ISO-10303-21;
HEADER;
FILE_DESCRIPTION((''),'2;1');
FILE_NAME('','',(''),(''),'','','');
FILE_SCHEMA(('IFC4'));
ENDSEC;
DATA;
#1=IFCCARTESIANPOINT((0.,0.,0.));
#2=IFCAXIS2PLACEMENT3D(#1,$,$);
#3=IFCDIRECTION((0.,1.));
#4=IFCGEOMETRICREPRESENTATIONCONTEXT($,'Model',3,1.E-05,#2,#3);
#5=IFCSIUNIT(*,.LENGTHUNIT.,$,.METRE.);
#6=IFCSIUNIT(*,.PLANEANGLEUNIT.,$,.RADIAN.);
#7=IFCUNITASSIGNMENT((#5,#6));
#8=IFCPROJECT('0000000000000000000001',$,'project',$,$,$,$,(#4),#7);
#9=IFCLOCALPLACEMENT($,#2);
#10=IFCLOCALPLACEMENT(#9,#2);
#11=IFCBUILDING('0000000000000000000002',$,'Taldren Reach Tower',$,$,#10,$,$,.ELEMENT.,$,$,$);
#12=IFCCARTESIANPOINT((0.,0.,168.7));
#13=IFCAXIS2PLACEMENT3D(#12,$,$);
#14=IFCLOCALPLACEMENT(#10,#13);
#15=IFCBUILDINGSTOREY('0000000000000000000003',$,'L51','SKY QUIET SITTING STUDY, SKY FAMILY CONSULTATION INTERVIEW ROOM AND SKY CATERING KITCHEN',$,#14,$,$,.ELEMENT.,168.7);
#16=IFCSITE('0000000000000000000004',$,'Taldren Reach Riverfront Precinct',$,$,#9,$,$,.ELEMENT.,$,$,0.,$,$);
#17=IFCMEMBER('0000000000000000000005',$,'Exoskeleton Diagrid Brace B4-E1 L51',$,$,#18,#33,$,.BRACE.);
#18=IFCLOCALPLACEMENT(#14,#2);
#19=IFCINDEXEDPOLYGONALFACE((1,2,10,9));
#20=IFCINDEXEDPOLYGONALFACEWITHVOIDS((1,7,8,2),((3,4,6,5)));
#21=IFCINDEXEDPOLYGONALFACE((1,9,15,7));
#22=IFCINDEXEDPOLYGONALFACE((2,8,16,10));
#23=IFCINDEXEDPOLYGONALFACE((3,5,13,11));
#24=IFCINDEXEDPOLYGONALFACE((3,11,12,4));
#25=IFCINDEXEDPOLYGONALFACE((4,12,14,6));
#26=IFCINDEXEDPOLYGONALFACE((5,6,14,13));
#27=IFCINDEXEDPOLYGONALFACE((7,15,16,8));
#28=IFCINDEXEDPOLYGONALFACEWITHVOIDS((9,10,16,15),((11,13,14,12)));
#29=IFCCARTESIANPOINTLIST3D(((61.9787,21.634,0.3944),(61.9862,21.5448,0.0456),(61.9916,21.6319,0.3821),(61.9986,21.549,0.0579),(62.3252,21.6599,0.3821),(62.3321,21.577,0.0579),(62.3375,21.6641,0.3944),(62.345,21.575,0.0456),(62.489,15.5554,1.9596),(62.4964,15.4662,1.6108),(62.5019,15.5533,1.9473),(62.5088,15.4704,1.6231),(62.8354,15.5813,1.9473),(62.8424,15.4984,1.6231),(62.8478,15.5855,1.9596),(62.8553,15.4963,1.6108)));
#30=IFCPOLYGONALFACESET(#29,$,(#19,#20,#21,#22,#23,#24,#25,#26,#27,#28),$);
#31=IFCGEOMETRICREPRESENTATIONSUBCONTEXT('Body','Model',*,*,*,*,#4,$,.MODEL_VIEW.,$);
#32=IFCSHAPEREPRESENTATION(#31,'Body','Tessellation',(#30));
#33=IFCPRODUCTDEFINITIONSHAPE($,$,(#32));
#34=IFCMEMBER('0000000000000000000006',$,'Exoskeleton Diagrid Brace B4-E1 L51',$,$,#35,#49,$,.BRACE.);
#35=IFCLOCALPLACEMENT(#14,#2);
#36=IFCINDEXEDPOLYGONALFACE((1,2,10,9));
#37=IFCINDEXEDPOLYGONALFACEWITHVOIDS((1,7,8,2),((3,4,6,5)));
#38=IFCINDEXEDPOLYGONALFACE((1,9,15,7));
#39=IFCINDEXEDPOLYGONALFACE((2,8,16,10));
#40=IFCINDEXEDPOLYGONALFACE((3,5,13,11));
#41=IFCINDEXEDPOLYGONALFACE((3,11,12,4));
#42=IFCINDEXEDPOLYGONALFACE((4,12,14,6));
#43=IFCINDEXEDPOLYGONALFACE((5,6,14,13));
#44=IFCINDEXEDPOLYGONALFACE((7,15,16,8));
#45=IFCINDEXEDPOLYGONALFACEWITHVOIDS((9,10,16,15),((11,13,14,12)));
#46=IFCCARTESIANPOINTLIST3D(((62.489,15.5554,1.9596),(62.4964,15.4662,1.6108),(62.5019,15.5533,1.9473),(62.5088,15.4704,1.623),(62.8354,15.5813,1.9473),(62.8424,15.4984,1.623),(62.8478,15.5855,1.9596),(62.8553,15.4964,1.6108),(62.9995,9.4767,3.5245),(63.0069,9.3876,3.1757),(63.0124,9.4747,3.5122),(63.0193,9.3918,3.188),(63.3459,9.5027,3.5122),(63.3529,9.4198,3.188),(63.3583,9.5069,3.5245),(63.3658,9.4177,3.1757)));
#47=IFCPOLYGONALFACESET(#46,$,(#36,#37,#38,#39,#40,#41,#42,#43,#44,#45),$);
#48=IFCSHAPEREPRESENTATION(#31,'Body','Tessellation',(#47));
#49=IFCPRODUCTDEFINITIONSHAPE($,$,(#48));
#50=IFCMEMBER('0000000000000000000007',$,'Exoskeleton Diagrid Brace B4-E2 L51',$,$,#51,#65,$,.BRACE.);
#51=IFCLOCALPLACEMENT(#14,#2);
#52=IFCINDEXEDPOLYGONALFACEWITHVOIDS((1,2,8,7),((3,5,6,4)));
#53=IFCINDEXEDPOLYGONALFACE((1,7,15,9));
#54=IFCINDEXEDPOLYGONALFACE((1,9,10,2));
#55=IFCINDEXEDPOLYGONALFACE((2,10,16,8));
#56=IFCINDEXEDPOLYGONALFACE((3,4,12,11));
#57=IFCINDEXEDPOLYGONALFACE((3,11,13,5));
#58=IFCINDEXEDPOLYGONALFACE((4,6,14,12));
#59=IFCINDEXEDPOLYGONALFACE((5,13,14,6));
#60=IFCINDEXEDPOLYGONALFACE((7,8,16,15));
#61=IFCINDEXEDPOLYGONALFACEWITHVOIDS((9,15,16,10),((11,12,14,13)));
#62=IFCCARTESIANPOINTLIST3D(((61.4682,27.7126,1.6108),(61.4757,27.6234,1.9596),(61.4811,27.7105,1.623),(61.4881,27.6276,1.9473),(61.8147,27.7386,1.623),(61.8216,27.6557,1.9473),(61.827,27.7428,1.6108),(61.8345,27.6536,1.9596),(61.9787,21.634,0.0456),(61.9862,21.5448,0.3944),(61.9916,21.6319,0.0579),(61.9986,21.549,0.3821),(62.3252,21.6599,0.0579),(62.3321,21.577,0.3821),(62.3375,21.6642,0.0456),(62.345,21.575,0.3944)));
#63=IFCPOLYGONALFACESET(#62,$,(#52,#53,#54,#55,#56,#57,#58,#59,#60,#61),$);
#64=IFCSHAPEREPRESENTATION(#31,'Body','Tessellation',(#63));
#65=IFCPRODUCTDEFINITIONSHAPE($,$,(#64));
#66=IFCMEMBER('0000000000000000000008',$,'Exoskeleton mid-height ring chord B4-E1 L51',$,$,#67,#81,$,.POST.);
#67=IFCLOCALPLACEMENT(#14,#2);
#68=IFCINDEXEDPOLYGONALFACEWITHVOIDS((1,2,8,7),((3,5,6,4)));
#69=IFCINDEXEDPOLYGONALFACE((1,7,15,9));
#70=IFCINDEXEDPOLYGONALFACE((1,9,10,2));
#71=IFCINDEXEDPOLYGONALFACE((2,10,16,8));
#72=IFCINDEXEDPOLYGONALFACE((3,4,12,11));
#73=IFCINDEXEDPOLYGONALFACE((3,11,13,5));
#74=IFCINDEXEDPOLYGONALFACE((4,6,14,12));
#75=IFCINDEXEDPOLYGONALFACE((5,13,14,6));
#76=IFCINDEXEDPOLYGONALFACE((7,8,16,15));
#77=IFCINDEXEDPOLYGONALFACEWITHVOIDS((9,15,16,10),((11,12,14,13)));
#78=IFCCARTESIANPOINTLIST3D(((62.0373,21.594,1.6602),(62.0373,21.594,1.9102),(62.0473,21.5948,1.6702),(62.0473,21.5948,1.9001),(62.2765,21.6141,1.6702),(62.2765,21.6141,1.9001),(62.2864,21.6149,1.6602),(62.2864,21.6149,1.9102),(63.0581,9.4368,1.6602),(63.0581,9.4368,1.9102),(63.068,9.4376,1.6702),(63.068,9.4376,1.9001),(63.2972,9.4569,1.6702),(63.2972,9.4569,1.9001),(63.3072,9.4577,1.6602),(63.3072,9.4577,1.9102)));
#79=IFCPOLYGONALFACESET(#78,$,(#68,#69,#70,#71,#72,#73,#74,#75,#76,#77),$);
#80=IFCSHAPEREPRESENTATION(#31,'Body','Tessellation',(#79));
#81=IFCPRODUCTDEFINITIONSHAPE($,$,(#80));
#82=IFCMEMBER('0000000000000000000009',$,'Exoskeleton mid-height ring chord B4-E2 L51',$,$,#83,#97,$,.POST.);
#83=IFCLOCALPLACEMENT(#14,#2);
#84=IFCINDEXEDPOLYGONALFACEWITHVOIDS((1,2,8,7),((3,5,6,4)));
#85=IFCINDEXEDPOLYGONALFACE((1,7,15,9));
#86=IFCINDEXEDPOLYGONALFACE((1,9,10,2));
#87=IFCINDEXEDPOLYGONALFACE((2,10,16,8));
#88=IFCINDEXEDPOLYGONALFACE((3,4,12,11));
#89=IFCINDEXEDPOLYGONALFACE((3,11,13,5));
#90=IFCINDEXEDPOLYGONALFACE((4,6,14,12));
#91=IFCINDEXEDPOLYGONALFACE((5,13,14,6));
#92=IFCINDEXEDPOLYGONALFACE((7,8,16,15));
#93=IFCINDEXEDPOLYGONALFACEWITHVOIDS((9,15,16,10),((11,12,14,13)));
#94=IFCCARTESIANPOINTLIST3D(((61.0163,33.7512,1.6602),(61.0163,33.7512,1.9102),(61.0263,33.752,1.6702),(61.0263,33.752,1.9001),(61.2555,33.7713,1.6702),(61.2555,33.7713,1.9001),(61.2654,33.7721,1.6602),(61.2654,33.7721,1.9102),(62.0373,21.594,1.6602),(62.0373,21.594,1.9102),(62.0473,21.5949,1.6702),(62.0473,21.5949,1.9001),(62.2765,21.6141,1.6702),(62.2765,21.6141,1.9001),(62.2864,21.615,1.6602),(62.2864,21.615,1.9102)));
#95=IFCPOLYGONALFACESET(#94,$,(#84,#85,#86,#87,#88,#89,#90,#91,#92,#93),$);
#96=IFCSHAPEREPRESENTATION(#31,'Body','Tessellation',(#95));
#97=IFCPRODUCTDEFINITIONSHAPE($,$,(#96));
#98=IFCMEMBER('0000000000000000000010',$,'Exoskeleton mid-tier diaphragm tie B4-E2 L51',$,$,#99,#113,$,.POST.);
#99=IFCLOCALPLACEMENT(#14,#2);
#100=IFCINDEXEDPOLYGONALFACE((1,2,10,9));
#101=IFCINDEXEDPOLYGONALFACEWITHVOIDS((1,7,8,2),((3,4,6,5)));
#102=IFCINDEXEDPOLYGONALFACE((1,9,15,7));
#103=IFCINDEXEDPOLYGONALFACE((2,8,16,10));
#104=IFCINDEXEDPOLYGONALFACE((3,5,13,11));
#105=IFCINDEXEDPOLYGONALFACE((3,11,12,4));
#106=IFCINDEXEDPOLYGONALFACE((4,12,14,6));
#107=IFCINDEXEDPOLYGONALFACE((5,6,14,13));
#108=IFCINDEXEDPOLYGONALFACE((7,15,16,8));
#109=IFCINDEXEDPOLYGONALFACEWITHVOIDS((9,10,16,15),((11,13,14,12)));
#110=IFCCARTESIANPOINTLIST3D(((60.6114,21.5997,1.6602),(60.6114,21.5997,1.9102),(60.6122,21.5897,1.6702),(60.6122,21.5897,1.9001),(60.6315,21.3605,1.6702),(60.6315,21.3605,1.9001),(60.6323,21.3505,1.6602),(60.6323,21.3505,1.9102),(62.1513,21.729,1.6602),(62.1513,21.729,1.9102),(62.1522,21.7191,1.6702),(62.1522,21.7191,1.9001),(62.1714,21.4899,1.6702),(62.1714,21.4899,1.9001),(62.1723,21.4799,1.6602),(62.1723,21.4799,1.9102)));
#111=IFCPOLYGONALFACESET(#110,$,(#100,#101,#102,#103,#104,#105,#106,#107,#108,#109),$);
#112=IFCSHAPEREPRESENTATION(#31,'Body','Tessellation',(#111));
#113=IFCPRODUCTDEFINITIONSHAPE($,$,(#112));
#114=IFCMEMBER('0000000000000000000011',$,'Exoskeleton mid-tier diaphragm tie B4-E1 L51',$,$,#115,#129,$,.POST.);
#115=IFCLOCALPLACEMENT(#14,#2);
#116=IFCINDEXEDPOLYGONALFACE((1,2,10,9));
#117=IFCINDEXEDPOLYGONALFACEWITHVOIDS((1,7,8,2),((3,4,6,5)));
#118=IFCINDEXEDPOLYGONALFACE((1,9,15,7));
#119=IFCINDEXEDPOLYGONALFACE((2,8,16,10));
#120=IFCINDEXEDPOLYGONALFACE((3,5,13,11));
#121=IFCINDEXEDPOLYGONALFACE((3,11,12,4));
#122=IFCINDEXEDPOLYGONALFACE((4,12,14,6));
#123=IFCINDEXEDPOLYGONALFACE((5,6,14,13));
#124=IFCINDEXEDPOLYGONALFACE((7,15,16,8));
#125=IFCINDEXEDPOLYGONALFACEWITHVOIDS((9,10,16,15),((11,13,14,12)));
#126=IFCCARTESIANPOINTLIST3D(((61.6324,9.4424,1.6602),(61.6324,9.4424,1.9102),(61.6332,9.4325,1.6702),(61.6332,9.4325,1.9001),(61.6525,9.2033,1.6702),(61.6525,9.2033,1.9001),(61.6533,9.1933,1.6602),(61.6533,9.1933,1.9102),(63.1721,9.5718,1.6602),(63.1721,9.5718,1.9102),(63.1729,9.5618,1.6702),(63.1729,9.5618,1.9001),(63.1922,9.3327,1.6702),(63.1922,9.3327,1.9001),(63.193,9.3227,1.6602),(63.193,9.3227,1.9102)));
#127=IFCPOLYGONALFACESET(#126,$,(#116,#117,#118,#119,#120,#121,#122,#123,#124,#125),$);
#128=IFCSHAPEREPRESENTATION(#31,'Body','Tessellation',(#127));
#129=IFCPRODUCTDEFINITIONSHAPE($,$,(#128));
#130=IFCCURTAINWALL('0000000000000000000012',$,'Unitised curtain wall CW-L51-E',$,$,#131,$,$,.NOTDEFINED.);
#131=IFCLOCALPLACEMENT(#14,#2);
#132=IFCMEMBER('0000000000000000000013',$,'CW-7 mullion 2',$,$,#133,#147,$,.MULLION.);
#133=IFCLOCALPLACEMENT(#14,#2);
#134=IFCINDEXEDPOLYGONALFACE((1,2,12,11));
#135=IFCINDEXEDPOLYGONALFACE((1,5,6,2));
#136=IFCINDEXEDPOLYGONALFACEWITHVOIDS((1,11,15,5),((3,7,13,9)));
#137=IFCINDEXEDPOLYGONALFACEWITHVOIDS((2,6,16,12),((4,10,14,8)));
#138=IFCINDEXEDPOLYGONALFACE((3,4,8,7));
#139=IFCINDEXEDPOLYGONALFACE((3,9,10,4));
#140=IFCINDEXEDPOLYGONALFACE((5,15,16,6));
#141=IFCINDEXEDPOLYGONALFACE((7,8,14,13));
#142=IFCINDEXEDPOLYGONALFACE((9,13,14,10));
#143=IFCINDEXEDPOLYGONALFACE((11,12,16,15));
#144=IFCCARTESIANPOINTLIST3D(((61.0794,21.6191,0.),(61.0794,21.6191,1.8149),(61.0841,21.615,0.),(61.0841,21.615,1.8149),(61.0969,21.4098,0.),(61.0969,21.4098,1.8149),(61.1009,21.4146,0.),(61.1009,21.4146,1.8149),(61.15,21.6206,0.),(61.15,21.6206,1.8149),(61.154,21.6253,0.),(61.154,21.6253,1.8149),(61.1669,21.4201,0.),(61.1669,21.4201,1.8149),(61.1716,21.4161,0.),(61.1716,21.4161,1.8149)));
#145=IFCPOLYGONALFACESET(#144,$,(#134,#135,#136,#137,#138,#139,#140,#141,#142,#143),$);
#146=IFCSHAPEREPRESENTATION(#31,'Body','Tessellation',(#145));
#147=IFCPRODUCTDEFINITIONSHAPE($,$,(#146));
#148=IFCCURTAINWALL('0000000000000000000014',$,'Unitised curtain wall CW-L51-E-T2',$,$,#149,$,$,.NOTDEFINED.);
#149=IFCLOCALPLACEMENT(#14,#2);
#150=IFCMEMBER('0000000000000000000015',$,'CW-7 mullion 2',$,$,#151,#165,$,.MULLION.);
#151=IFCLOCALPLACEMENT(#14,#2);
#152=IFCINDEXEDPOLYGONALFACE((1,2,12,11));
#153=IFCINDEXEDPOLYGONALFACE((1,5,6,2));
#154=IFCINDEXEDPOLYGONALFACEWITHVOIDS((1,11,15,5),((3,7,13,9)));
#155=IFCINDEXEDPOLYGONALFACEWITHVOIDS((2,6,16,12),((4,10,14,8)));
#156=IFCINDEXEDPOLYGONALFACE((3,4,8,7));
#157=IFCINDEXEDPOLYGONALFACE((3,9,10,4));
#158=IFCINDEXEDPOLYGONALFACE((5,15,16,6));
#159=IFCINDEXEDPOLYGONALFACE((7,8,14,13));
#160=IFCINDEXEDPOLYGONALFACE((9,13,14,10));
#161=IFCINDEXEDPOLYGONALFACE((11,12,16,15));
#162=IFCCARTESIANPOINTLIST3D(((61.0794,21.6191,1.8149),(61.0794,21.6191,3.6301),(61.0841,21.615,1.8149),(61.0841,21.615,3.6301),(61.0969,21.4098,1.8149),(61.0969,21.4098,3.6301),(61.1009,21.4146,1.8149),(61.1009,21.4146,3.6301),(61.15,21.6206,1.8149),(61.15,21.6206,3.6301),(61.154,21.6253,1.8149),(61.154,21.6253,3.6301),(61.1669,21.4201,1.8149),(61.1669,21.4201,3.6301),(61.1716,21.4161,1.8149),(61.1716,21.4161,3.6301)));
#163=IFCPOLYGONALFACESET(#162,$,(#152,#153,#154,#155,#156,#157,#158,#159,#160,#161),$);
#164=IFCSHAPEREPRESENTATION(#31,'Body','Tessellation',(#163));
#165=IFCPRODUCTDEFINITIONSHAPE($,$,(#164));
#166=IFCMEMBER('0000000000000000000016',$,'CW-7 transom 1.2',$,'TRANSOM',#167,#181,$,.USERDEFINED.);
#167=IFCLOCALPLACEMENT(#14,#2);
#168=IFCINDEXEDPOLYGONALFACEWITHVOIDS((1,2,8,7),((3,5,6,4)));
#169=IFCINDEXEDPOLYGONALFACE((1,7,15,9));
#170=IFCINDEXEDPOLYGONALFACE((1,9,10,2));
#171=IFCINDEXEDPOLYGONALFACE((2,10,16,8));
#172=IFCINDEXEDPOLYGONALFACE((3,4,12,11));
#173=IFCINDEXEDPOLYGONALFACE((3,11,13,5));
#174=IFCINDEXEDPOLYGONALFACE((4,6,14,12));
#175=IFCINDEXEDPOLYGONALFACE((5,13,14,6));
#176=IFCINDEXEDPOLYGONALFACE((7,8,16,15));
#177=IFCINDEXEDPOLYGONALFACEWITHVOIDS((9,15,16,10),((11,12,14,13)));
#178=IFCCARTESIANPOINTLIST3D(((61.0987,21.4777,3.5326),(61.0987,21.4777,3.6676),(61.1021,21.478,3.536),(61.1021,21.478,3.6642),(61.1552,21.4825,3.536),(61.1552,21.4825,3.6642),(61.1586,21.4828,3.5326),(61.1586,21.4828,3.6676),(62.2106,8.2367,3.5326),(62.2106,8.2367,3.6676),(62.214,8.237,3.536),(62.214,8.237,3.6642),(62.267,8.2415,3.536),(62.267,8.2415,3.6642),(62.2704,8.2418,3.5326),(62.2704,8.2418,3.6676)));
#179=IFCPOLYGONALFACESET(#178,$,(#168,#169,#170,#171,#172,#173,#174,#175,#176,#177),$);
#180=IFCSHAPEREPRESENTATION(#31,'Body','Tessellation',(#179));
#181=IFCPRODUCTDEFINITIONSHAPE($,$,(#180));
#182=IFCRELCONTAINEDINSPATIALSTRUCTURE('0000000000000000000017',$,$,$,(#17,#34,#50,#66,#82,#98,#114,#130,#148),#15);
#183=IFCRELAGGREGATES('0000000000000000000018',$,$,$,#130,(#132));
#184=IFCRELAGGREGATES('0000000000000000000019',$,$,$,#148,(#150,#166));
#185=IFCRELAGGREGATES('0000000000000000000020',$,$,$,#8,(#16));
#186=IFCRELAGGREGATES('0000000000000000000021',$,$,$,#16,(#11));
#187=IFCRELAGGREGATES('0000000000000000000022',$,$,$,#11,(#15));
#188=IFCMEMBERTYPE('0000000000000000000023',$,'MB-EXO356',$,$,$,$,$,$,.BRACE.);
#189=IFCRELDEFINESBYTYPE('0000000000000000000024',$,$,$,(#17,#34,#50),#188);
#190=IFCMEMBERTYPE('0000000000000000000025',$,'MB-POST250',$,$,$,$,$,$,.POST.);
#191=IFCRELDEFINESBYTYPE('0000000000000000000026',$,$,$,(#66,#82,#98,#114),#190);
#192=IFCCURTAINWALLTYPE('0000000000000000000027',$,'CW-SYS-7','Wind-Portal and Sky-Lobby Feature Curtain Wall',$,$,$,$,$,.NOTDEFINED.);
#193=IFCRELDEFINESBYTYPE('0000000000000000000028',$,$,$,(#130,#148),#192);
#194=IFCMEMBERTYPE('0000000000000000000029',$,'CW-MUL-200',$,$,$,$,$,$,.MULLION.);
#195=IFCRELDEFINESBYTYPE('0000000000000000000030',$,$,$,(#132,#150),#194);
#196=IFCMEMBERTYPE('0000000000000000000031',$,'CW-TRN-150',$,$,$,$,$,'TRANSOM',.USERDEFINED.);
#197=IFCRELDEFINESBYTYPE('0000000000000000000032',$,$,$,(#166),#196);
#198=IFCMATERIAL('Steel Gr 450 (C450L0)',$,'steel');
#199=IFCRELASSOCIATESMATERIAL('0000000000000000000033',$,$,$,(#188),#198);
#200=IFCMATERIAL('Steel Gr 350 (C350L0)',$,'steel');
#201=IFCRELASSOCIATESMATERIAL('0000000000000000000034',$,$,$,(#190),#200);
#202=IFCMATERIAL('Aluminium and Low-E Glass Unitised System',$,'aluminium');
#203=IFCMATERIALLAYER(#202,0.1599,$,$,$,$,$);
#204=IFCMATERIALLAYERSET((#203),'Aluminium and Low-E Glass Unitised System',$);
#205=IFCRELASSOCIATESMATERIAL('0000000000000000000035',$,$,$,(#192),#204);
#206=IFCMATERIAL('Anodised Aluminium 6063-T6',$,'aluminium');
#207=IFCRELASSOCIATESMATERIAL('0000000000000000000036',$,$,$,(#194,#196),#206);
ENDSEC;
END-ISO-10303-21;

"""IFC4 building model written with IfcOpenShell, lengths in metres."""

from ifc_helpers import new_model, si_unit, direction, frame, origin, origin_2d, place, context, subcontext, project, spatial, hollow_rectangle, extrude, source, transform, mapped, material, layer, layer_set, material_profile, profile_set, type_object, element, aggregate, save


model = new_model("IFC4")

# Units and contexts
model_context = context("Model", 3, precision=1e-05, world=origin(), true_north=direction((0.0, 1.0)))
body_context = subcontext(model_context, "Body", "Model", "MODEL_VIEW")
ifc_project = project(units=[si_unit("LENGTHUNIT", "METRE"), si_unit("PLANEANGLEUNIT", "RADIAN")], contexts=[model_context])

# Site, building, storey
site_placement = place(None, origin())
site = spatial("IfcSite", under=ifc_project, at=site_placement, Name="Taldren Reach Riverfront Precinct", CompositionType="ELEMENT", RefElevation=0.0)
building_placement = place(site_placement, origin())
building = spatial("IfcBuilding", under=site, at=building_placement, Name="Taldren Reach Tower", CompositionType="ELEMENT")
storey_placement = place(building_placement, frame((0.0, 0.0, 168.7)))
storey = spatial("IfcBuildingStorey", under=building, at=storey_placement, Name="L51", Description="SKY QUIET SITTING STUDY, SKY FAMILY CONSULTATION INTERVIEW ROOM AND SKY CATERING KITCHEN", CompositionType="ELEMENT", Elevation=168.7)

# Members
ifc_material_1 = material(Name="Steel Gr 450 (C450L0)", Category="steel")
ifc_material_profile_1 = material_profile(ifc_material_1, hollow_rectangle(XDim=0.3601, YDim=0.3601, WallThickness=0.0127, at=origin_2d()), Name="360x360x12.7SHS")
ifc_profile_set_1 = profile_set([ifc_material_profile_1], Name="Steel Gr 450 (C450L0)")
member_type_1 = type_object("IfcMemberType", Name="MB-EXO356", PredefinedType="BRACE", material=ifc_profile_set_1)
shared_shape_1 = source(origin(), body_context, "Body", "SweptSolid", [
    extrude(hollow_rectangle(XDim=0.3601, YDim=0.3601, WallThickness=0.0127, at=origin_2d()), origin(), (0.0, 0.0, 1.0), 6.2976),
])
for number, where, z_axis, x_axis, name in (
    (1, (62.1619, 21.6045, 0.22), (0.081024, -0.965228, 0.248537), (0.996495, 0.083648, 0.0), "Exoskeleton Diagrid Brace B4-E1 L51"),
    (2, (62.6721, 15.5259, 1.7852), (0.081063, -0.965234, 0.2485), (0.996492, 0.083688, 0.0), "Exoskeleton Diagrid Brace B4-E1 L51"),
    (3, (62.1619, 21.6045, 0.22), (-0.081062, 0.965225, 0.248536), (-0.996492, -0.083688, 0.0), "Exoskeleton Diagrid Brace B4-E2 L51"),
):
    element("IfcMember", number, at=place(storey_placement, frame(where, z_axis=z_axis, x_axis=x_axis)), inside=storey, type_object=member_type_1, Name=name, PredefinedType="BRACE", context=body_context, shape_type="MappedRepresentation", body=[
        mapped(shared_shape_1, transform((0.0, 0.0, 0.0), scale=1.0)),
    ])
ifc_material_2 = material(Name="Steel Gr 350 (C350L0)", Category="steel")
ifc_material_profile_2 = material_profile(ifc_material_2, hollow_rectangle(XDim=0.25, YDim=0.25, WallThickness=0.01, at=origin_2d()), Name="250x250x10.0SHS")
ifc_profile_set_2 = profile_set([ifc_material_profile_2], Name="Steel Gr 350 (C350L0)")
member_type_2 = type_object("IfcMemberType", Name="MB-POST250", PredefinedType="POST", material=ifc_profile_set_2)
shared_shape_2 = source(origin(), body_context, "Body", "SweptSolid", [
    extrude(hollow_rectangle(XDim=0.25, YDim=0.25, WallThickness=0.01, at=origin_2d()), origin(), (0.0, 0.0, 1.0), 12.2),
])
for number, where, z_axis, x_axis, name in (
    (4, (63.1826, 9.4473, 1.7852), (-0.083668, 0.996494, 0.0), (-0.996494, -0.083668, 0.0), "Exoskeleton mid-height ring chord B4-E1 L51"),
    (5, (62.1619, 21.6045, 1.7852), (-0.083688, 0.996492, 0.0), (-0.996492, -0.083688, 0.0), "Exoskeleton mid-height ring chord B4-E2 L51"),
):
    element("IfcMember", number, at=place(storey_placement, frame(where, z_axis=z_axis, x_axis=x_axis)), inside=storey, type_object=member_type_2, Name=name, PredefinedType="POST", context=body_context, shape_type="MappedRepresentation", body=[
        mapped(shared_shape_2, transform((0.0, 0.0, 0.0), scale=1.0)),
    ])
shared_shape_3 = source(origin(), body_context, "Body", "SweptSolid", [
    extrude(hollow_rectangle(XDim=0.25, YDim=0.25, WallThickness=0.01, at=origin_2d()), origin(), (0.0, 0.0, 1.0), 1.5454),
])
member_1_placement = place(storey_placement, frame((60.6218, 21.4751, 1.7852), z_axis=(0.996489, 0.083725, 0.0), x_axis=(-0.083725, 0.996489, 0.0)))
element("IfcMember", 6, at=member_1_placement, inside=storey, type_object=member_type_2, Name="Exoskeleton mid-tier diaphragm tie B4-E2 L51", PredefinedType="POST", context=body_context, shape_type="MappedRepresentation", body=[
    mapped(shared_shape_3, transform((0.0, 0.0, 0.0), scale=1.0)),
])
shared_shape_4 = source(origin(), body_context, "Body", "SweptSolid", [
    extrude(hollow_rectangle(XDim=0.25, YDim=0.25, WallThickness=0.01, at=origin_2d()), origin(), (0.0, 0.0, 1.0), 1.5452),
])
member_2_placement = place(storey_placement, frame((61.6428, 9.3179, 1.7852), z_axis=(0.996488, 0.083738, 0.0), x_axis=(-0.083738, 0.996488, 0.0)))
element("IfcMember", 7, at=member_2_placement, inside=storey, type_object=member_type_2, Name="Exoskeleton mid-tier diaphragm tie B4-E1 L51", PredefinedType="POST", context=body_context, shape_type="MappedRepresentation", body=[
    mapped(shared_shape_4, transform((0.0, 0.0, 0.0), scale=1.0)),
])

# Curtain wall, member
ifc_material_3 = material(Name="Aluminium and Low-E Glass Unitised System", Category="aluminium")
ifc_layer_1 = layer(ifc_material_3, 0.1599)
ifc_layer_set_1 = layer_set([ifc_layer_1], Name="Aluminium and Low-E Glass Unitised System")
curtain_wall_type = type_object("IfcCurtainWallType", Name="CW-SYS-7", Description="Wind-Portal and Sky-Lobby Feature Curtain Wall", PredefinedType="NOTDEFINED", material=ifc_layer_set_1)
curtain_wall_1_placement = place(storey_placement, origin())
curtain_wall_1 = element("IfcCurtainWall", 8, at=curtain_wall_1_placement, inside=storey, type_object=curtain_wall_type, Name="Unitised curtain wall CW-L51-E", PredefinedType="NOTDEFINED")
ifc_material_4 = material(Name="Anodised Aluminium 6063-T6", Category="aluminium")
ifc_material_profile_3 = material_profile(ifc_material_4, hollow_rectangle(XDim=0.075, YDim=0.21, WallThickness=0.0044, at=origin_2d()), Name="ALU-210x75x4.5RHS")
ifc_profile_set_3 = profile_set([ifc_material_profile_3], Name="Anodised Aluminium 6063-T6")
member_type_3 = type_object("IfcMemberType", Name="CW-MUL-200", PredefinedType="MULLION", material=ifc_profile_set_3)
shared_shape_5 = source(origin(), body_context, "Body", "SweptSolid", [
    extrude(hollow_rectangle(XDim=0.075, YDim=0.21, WallThickness=0.0044, at=origin_2d()), origin(), (0.0, 0.0, 1.0), 1.8149),
])
member_3_placement = place(storey_placement, frame((61.1255, 21.5176, 0.0), z_axis=(0.0, 0.0, 1.0), x_axis=(-0.996493, -0.083678, 0.0)))
member_3 = element("IfcMember", 9, at=member_3_placement, type_object=member_type_3, Name="CW-7 mullion 2", PredefinedType="MULLION", context=body_context, shape_type="MappedRepresentation", body=[
    mapped(shared_shape_5, transform((0.0, 0.0, 0.0), scale=1.0)),
])

# Curtain wall, members
curtain_wall_2_placement = place(storey_placement, origin())
curtain_wall_2 = element("IfcCurtainWall", 10, at=curtain_wall_2_placement, inside=storey, type_object=curtain_wall_type, Name="Unitised curtain wall CW-L51-E-T2", PredefinedType="NOTDEFINED")
shared_shape_6 = source(origin(), body_context, "Body", "SweptSolid", [
    extrude(hollow_rectangle(XDim=0.075, YDim=0.21, WallThickness=0.0044, at=origin_2d()), origin(), (0.0, 0.0, 1.0), 1.8152),
])
member_4_placement = place(storey_placement, frame((61.1255, 21.5176, 1.8149), z_axis=(0.0, 0.0, 1.0), x_axis=(-0.996493, -0.083678, 0.0)))
member_4 = element("IfcMember", 11, at=member_4_placement, type_object=member_type_3, Name="CW-7 mullion 2", PredefinedType="MULLION", context=body_context, shape_type="MappedRepresentation", body=[
    mapped(shared_shape_6, transform((0.0, 0.0, 0.0), scale=1.0)),
])
ifc_material_profile_4 = material_profile(ifc_material_4, hollow_rectangle(XDim=0.0601, YDim=0.135, WallThickness=0.0034, at=origin_2d()), Name="ALU-135x60x3.5RHS")
ifc_profile_set_4 = profile_set([ifc_material_profile_4], Name="Anodised Aluminium 6063-T6")
member_type_4 = type_object("IfcMemberType", Name="CW-TRN-150", ElementType="TRANSOM", PredefinedType="USERDEFINED", material=ifc_profile_set_4)
shared_shape_7 = source(origin(), body_context, "Body", "SweptSolid", [
    extrude(hollow_rectangle(XDim=0.0601, YDim=0.135, WallThickness=0.0034, at=origin_2d()), origin(), (0.0, 0.0, 1.0), 13.2876),
])
member_5_placement = place(storey_placement, frame((62.2405, 8.2393, 3.6001), z_axis=(-0.083673, 0.996493, 0.0), x_axis=(-0.996493, -0.083673, 0.0)))
member_5 = element("IfcMember", 12, at=member_5_placement, type_object=member_type_4, Name="CW-7 transom 1.2", ObjectType="TRANSOM", PredefinedType="USERDEFINED", context=body_context, shape_type="MappedRepresentation", body=[
    mapped(shared_shape_7, transform((0.0, 0.0, 0.0), scale=1.0)),
])

aggregate(curtain_wall_1, [member_3])
aggregate(curtain_wall_2, [member_4, member_5])

save(model, "model.ifc")
